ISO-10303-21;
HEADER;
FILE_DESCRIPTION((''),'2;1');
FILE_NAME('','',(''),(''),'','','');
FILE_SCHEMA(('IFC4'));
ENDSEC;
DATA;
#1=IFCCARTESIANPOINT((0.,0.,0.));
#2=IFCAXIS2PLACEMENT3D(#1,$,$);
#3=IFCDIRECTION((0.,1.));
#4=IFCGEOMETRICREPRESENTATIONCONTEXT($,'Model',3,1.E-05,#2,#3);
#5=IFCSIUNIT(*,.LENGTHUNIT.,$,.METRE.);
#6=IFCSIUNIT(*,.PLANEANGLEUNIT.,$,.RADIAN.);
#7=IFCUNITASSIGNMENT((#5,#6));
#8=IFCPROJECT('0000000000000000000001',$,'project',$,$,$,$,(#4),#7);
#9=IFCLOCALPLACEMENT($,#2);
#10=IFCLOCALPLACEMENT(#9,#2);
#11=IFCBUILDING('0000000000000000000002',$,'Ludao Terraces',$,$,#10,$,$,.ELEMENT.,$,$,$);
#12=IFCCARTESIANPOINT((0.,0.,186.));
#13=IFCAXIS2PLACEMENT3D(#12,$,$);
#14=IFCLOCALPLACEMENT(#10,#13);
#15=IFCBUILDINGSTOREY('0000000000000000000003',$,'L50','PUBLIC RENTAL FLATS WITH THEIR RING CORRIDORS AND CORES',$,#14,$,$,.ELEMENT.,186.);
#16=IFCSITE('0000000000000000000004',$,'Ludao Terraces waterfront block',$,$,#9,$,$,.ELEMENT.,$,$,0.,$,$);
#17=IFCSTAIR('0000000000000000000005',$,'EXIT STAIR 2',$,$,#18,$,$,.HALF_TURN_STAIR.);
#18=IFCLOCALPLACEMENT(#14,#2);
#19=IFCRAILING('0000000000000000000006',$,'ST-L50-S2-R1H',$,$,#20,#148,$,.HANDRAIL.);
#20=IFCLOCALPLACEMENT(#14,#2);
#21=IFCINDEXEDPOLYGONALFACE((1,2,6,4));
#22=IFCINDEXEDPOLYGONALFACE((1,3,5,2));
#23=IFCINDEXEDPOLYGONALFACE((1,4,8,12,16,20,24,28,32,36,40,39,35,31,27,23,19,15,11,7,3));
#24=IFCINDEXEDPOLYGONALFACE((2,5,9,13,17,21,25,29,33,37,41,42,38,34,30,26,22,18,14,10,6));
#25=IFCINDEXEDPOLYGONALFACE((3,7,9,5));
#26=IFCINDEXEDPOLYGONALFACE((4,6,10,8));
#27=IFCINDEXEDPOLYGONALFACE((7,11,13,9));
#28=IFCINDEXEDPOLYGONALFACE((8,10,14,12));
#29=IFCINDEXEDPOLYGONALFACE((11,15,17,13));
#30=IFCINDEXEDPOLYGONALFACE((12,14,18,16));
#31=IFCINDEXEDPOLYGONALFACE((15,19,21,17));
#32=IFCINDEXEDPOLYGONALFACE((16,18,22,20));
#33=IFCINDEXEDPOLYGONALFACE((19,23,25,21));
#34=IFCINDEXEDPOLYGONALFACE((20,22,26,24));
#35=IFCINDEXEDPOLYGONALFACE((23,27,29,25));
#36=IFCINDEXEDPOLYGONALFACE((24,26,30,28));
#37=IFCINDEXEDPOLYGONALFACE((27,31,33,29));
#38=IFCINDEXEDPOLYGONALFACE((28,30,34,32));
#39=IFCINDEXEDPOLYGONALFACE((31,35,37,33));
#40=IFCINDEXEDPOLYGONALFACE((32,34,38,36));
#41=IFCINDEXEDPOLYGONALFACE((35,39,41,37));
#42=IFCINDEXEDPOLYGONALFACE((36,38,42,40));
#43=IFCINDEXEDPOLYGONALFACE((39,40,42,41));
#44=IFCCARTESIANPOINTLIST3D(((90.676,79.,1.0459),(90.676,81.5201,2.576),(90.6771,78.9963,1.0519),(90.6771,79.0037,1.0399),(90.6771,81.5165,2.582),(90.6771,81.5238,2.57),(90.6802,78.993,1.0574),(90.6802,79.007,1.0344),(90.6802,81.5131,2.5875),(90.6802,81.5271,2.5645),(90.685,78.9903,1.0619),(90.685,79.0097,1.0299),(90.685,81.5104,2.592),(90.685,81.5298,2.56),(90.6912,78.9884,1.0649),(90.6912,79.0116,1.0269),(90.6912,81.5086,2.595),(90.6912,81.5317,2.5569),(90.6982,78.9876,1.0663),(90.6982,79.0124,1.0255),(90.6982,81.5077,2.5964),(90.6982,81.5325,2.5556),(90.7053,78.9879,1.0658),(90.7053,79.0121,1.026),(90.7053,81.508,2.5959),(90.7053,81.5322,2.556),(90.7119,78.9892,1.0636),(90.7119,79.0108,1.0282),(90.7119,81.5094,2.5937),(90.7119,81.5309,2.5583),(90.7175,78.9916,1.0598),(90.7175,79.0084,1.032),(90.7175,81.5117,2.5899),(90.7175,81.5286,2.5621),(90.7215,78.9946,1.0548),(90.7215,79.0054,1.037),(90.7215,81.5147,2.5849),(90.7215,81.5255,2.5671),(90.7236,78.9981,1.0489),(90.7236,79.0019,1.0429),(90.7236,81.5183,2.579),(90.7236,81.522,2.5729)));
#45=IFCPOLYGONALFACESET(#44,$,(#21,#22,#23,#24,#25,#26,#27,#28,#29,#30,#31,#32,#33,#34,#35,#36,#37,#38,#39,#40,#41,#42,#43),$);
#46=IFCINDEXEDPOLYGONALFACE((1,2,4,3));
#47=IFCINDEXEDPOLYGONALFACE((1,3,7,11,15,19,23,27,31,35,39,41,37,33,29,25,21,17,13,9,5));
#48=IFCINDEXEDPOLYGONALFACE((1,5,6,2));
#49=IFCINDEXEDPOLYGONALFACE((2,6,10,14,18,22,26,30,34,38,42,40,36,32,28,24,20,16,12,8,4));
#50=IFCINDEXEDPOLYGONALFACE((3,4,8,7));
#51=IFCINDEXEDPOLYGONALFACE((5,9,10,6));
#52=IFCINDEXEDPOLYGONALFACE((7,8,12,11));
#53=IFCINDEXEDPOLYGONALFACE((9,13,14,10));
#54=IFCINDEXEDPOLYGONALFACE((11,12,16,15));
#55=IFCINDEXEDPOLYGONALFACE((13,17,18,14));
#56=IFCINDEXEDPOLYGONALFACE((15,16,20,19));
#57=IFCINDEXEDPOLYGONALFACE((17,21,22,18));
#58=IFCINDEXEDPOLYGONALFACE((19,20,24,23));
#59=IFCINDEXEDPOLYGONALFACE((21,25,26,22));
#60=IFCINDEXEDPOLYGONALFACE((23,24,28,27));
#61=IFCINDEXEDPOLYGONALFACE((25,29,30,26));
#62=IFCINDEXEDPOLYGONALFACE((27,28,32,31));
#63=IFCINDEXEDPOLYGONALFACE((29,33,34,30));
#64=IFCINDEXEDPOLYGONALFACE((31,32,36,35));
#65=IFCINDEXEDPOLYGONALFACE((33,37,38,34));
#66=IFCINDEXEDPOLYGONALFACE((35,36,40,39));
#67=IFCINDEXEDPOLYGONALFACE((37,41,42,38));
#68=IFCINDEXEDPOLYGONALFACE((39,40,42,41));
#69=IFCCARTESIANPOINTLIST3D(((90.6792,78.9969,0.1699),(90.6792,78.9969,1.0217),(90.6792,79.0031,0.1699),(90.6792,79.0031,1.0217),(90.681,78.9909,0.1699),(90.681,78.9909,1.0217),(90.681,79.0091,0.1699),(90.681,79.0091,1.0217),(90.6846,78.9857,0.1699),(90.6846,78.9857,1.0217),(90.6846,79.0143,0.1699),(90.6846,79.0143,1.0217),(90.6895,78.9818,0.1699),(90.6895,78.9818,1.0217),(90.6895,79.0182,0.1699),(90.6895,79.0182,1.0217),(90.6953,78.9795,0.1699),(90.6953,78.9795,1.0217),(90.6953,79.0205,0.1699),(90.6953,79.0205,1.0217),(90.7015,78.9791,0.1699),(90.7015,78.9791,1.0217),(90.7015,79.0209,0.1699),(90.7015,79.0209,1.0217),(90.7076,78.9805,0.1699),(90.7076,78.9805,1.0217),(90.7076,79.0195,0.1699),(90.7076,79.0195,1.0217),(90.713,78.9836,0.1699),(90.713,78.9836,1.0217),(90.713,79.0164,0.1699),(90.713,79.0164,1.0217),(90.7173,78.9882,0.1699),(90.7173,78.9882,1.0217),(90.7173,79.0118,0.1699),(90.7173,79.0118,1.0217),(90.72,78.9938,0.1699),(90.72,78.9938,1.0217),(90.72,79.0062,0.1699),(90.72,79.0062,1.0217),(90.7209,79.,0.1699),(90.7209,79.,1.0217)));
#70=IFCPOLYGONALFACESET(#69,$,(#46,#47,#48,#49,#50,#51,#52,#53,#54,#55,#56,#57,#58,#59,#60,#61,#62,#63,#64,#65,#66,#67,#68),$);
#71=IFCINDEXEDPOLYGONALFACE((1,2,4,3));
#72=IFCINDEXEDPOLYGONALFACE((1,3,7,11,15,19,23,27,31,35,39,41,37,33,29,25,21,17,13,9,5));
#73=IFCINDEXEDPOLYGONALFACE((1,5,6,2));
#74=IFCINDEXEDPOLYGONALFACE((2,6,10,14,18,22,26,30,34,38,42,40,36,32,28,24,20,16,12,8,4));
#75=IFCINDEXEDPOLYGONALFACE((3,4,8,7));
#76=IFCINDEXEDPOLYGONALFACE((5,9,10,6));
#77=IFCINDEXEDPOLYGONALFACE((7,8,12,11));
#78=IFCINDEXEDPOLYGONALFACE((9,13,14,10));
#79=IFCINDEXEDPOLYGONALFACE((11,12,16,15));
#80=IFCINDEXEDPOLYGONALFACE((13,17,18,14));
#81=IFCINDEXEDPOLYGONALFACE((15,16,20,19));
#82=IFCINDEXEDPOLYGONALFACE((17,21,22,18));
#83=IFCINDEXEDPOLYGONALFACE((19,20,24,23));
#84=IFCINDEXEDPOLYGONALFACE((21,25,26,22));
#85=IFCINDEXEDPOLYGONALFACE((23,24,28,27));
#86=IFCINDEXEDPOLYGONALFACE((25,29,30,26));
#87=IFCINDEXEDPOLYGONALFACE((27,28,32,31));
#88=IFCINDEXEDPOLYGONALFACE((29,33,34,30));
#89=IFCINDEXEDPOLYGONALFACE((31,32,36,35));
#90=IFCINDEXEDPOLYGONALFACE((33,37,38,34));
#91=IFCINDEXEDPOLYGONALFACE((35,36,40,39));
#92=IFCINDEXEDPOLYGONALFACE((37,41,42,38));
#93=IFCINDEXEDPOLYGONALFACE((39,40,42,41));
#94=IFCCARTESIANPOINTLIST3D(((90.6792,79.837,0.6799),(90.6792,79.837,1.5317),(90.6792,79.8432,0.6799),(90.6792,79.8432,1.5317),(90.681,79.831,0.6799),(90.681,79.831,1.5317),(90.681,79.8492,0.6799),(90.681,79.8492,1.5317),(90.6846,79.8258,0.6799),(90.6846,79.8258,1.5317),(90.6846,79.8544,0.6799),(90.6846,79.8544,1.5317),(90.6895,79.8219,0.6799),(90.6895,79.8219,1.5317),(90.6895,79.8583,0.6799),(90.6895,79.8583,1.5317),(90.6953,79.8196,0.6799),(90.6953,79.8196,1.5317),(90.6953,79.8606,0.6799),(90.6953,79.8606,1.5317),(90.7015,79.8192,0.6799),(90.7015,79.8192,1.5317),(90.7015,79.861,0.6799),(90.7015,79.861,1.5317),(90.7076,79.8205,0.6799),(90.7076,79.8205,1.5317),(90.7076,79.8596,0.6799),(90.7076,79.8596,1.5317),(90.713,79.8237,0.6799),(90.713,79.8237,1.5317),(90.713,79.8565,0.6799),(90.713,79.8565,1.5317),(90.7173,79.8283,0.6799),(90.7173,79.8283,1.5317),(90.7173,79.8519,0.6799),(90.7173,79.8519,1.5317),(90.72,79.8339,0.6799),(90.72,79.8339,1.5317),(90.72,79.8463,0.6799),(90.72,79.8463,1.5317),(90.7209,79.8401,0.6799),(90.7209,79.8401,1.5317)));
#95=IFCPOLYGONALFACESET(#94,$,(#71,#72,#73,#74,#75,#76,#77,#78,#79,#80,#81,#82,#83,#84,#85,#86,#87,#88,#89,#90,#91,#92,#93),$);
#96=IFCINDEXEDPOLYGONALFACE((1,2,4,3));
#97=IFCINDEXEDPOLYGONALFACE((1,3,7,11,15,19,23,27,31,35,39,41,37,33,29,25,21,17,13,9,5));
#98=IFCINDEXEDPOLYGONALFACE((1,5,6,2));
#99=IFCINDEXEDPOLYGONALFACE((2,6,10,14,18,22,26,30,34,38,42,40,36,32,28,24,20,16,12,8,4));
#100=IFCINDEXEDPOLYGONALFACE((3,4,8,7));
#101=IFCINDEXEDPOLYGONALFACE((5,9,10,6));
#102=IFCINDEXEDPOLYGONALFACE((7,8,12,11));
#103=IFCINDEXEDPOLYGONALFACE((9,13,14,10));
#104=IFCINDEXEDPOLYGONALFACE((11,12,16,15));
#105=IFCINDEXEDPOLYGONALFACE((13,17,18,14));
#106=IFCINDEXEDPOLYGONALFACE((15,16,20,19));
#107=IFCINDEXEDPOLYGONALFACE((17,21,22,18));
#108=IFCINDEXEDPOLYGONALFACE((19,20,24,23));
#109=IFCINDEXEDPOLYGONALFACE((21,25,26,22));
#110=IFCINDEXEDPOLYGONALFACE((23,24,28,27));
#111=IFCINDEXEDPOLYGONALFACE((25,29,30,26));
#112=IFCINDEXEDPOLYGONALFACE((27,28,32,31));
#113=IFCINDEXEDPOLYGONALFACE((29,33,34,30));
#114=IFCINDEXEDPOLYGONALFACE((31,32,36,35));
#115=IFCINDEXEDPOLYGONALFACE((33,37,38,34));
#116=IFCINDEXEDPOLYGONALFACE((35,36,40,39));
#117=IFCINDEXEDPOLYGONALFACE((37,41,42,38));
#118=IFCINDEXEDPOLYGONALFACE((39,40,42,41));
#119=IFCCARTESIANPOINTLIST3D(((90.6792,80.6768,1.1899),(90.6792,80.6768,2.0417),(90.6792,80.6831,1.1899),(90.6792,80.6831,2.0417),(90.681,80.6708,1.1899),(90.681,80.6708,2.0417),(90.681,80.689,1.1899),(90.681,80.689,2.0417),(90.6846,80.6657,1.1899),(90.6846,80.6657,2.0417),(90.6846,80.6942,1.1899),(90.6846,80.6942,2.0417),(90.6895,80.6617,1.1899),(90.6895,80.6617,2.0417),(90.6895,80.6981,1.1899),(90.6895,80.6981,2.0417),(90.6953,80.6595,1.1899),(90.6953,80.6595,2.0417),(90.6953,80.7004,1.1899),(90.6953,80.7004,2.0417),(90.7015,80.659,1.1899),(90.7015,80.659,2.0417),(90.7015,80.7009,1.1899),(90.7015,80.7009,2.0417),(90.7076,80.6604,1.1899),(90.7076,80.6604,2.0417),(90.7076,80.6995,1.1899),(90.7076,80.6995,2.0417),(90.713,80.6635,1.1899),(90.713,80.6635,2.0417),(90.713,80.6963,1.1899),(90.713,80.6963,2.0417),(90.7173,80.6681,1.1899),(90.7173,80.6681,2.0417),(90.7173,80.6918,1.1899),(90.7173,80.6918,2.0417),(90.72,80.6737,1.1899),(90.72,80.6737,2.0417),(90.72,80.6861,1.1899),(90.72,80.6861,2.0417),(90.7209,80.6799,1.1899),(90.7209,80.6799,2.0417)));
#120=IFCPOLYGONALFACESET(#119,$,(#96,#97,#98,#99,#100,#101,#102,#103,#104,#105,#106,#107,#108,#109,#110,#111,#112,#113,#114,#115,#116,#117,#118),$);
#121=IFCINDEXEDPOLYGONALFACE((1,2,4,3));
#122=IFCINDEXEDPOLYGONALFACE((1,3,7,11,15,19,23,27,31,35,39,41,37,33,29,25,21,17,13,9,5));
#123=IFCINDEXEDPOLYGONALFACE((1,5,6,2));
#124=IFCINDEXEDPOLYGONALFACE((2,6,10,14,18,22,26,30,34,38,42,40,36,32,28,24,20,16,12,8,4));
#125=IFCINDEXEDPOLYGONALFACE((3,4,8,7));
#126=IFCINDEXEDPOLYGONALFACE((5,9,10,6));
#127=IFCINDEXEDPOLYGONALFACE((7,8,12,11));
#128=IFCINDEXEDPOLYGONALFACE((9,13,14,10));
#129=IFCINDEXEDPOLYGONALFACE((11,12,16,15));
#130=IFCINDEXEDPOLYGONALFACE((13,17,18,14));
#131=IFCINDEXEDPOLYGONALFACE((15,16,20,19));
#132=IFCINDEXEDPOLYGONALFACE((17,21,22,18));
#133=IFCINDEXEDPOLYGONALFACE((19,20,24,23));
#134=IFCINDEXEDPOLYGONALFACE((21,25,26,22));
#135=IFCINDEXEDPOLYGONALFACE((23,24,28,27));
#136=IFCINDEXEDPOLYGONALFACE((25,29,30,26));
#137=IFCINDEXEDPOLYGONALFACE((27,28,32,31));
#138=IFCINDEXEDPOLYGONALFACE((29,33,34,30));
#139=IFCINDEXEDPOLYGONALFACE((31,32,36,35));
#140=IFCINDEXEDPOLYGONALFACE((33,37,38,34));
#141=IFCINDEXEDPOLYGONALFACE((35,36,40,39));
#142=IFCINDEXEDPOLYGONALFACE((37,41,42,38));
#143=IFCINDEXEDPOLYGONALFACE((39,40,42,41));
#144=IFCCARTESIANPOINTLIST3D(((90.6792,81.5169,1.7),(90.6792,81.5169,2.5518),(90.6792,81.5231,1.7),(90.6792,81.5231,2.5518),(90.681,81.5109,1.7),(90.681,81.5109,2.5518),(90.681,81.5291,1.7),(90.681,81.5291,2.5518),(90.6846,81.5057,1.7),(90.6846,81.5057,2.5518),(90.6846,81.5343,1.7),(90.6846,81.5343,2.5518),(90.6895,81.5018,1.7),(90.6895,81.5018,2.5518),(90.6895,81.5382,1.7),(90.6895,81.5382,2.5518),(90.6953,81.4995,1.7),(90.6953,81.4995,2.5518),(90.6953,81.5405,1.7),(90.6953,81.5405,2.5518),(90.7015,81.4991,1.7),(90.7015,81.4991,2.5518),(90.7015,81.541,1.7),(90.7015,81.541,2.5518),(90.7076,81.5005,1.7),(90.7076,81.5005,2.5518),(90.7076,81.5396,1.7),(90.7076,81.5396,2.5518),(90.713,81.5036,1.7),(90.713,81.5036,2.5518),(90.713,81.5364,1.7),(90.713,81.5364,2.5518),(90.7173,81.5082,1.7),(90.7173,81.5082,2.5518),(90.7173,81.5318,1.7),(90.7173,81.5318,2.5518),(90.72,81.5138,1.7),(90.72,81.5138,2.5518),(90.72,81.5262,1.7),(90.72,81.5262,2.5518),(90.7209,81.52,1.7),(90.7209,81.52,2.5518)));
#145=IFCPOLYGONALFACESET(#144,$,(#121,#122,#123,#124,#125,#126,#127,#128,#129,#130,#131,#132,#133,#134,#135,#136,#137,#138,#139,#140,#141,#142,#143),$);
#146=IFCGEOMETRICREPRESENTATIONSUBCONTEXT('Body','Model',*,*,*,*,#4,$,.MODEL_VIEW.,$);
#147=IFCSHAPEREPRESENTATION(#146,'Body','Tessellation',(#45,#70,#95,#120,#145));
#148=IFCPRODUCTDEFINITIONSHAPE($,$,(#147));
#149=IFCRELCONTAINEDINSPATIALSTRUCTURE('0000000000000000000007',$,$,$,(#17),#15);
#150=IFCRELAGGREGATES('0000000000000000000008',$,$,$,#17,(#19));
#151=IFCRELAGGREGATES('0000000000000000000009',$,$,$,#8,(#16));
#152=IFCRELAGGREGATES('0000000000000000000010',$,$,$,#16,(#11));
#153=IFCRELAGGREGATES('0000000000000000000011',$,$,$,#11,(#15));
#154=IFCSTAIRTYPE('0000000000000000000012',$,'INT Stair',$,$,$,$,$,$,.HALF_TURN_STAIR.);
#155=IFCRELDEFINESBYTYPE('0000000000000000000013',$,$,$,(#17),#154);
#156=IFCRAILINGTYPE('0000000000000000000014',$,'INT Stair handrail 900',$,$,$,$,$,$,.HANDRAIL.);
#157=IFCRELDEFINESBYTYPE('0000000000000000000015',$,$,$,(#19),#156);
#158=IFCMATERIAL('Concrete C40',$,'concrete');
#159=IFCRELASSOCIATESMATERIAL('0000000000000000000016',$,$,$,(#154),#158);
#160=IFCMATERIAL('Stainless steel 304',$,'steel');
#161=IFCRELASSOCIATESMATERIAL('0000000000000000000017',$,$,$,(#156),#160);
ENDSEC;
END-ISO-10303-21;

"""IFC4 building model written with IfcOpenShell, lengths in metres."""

from ifc_helpers import new_model, si_unit, direction, frame, origin, origin_2d, place, context, subcontext, project, spatial, circle, extrude, material, type_object, element, aggregate, save


model = new_model("IFC4")

# Units and contexts
model_context = context("Model", 3, precision=1e-05, world=origin(), true_north=direction((0.0, 1.0)))
body_context = subcontext(model_context, "Body", "Model", "MODEL_VIEW")
ifc_project = project(units=[si_unit("LENGTHUNIT", "METRE"), si_unit("PLANEANGLEUNIT", "RADIAN")], contexts=[model_context])

# Site, building, storey
site_placement = place(None, origin())
site = spatial("IfcSite", under=ifc_project, at=site_placement, Name="Ludao Terraces waterfront block", CompositionType="ELEMENT", RefElevation=0.0)
building_placement = place(site_placement, origin())
building = spatial("IfcBuilding", under=site, at=building_placement, Name="Ludao Terraces", CompositionType="ELEMENT")
storey_placement = place(building_placement, frame((0.0, 0.0, 186.0)))
storey = spatial("IfcBuildingStorey", under=building, at=storey_placement, Name="L50", Description="PUBLIC RENTAL FLATS WITH THEIR RING CORRIDORS AND CORES", CompositionType="ELEMENT", Elevation=186.0)

# Shared definitions
ifc_material_1 = material(Name="Concrete C40", Category="concrete")

# Shared definitions
ifc_material_2 = material(Name="Stainless steel 304", Category="steel")

# Stair, railing
stair_type = type_object("IfcStairType", Name="INT Stair", PredefinedType="HALF_TURN_STAIR", material=ifc_material_1)
stair_placement = place(storey_placement, origin())
stair = element("IfcStair", 1, at=stair_placement, inside=storey, type_object=stair_type, Name="EXIT STAIR 2", PredefinedType="HALF_TURN_STAIR")
railing_type_1 = type_object("IfcRailingType", Name="INT Stair handrail 900", PredefinedType="HANDRAIL", material=ifc_material_2)
railing_1_placement = place(storey_placement, frame((90.7, 79.0, 0.1699)))
railing_1 = element("IfcRailing", 2, at=railing_1_placement, type_object=railing_type_1, Name="ST-L50-S2-R1H", PredefinedType="HANDRAIL", context=body_context, shape_type="SweptSolid", body=[
    extrude(circle(Radius=0.0239, at=origin_2d()), frame((0.0, 0.0, 0.876), z_axis=(0.0, 0.854785, 0.518982), x_axis=(-1.0, 0.0, 0.0)), (0.0, 0.0, 1.0), 2.9482),
    extrude(circle(Radius=0.021, at=origin_2d()), origin(), (0.0, 0.0, 1.0), 0.8518),
    extrude(circle(Radius=0.021, at=origin_2d()), frame((0.0, 0.8401, 0.51)), (0.0, 0.0, 1.0), 0.8518),
    extrude(circle(Radius=0.021, at=origin_2d()), frame((0.0, 1.6799, 1.02)), (0.0, 0.0, 1.0), 0.8518),
    extrude(circle(Radius=0.021, at=origin_2d()), frame((0.0, 2.52, 1.53)), (0.0, 0.0, 1.0), 0.8518),
])
aggregate(stair, [railing_1])

save(model, "model.ifc")
